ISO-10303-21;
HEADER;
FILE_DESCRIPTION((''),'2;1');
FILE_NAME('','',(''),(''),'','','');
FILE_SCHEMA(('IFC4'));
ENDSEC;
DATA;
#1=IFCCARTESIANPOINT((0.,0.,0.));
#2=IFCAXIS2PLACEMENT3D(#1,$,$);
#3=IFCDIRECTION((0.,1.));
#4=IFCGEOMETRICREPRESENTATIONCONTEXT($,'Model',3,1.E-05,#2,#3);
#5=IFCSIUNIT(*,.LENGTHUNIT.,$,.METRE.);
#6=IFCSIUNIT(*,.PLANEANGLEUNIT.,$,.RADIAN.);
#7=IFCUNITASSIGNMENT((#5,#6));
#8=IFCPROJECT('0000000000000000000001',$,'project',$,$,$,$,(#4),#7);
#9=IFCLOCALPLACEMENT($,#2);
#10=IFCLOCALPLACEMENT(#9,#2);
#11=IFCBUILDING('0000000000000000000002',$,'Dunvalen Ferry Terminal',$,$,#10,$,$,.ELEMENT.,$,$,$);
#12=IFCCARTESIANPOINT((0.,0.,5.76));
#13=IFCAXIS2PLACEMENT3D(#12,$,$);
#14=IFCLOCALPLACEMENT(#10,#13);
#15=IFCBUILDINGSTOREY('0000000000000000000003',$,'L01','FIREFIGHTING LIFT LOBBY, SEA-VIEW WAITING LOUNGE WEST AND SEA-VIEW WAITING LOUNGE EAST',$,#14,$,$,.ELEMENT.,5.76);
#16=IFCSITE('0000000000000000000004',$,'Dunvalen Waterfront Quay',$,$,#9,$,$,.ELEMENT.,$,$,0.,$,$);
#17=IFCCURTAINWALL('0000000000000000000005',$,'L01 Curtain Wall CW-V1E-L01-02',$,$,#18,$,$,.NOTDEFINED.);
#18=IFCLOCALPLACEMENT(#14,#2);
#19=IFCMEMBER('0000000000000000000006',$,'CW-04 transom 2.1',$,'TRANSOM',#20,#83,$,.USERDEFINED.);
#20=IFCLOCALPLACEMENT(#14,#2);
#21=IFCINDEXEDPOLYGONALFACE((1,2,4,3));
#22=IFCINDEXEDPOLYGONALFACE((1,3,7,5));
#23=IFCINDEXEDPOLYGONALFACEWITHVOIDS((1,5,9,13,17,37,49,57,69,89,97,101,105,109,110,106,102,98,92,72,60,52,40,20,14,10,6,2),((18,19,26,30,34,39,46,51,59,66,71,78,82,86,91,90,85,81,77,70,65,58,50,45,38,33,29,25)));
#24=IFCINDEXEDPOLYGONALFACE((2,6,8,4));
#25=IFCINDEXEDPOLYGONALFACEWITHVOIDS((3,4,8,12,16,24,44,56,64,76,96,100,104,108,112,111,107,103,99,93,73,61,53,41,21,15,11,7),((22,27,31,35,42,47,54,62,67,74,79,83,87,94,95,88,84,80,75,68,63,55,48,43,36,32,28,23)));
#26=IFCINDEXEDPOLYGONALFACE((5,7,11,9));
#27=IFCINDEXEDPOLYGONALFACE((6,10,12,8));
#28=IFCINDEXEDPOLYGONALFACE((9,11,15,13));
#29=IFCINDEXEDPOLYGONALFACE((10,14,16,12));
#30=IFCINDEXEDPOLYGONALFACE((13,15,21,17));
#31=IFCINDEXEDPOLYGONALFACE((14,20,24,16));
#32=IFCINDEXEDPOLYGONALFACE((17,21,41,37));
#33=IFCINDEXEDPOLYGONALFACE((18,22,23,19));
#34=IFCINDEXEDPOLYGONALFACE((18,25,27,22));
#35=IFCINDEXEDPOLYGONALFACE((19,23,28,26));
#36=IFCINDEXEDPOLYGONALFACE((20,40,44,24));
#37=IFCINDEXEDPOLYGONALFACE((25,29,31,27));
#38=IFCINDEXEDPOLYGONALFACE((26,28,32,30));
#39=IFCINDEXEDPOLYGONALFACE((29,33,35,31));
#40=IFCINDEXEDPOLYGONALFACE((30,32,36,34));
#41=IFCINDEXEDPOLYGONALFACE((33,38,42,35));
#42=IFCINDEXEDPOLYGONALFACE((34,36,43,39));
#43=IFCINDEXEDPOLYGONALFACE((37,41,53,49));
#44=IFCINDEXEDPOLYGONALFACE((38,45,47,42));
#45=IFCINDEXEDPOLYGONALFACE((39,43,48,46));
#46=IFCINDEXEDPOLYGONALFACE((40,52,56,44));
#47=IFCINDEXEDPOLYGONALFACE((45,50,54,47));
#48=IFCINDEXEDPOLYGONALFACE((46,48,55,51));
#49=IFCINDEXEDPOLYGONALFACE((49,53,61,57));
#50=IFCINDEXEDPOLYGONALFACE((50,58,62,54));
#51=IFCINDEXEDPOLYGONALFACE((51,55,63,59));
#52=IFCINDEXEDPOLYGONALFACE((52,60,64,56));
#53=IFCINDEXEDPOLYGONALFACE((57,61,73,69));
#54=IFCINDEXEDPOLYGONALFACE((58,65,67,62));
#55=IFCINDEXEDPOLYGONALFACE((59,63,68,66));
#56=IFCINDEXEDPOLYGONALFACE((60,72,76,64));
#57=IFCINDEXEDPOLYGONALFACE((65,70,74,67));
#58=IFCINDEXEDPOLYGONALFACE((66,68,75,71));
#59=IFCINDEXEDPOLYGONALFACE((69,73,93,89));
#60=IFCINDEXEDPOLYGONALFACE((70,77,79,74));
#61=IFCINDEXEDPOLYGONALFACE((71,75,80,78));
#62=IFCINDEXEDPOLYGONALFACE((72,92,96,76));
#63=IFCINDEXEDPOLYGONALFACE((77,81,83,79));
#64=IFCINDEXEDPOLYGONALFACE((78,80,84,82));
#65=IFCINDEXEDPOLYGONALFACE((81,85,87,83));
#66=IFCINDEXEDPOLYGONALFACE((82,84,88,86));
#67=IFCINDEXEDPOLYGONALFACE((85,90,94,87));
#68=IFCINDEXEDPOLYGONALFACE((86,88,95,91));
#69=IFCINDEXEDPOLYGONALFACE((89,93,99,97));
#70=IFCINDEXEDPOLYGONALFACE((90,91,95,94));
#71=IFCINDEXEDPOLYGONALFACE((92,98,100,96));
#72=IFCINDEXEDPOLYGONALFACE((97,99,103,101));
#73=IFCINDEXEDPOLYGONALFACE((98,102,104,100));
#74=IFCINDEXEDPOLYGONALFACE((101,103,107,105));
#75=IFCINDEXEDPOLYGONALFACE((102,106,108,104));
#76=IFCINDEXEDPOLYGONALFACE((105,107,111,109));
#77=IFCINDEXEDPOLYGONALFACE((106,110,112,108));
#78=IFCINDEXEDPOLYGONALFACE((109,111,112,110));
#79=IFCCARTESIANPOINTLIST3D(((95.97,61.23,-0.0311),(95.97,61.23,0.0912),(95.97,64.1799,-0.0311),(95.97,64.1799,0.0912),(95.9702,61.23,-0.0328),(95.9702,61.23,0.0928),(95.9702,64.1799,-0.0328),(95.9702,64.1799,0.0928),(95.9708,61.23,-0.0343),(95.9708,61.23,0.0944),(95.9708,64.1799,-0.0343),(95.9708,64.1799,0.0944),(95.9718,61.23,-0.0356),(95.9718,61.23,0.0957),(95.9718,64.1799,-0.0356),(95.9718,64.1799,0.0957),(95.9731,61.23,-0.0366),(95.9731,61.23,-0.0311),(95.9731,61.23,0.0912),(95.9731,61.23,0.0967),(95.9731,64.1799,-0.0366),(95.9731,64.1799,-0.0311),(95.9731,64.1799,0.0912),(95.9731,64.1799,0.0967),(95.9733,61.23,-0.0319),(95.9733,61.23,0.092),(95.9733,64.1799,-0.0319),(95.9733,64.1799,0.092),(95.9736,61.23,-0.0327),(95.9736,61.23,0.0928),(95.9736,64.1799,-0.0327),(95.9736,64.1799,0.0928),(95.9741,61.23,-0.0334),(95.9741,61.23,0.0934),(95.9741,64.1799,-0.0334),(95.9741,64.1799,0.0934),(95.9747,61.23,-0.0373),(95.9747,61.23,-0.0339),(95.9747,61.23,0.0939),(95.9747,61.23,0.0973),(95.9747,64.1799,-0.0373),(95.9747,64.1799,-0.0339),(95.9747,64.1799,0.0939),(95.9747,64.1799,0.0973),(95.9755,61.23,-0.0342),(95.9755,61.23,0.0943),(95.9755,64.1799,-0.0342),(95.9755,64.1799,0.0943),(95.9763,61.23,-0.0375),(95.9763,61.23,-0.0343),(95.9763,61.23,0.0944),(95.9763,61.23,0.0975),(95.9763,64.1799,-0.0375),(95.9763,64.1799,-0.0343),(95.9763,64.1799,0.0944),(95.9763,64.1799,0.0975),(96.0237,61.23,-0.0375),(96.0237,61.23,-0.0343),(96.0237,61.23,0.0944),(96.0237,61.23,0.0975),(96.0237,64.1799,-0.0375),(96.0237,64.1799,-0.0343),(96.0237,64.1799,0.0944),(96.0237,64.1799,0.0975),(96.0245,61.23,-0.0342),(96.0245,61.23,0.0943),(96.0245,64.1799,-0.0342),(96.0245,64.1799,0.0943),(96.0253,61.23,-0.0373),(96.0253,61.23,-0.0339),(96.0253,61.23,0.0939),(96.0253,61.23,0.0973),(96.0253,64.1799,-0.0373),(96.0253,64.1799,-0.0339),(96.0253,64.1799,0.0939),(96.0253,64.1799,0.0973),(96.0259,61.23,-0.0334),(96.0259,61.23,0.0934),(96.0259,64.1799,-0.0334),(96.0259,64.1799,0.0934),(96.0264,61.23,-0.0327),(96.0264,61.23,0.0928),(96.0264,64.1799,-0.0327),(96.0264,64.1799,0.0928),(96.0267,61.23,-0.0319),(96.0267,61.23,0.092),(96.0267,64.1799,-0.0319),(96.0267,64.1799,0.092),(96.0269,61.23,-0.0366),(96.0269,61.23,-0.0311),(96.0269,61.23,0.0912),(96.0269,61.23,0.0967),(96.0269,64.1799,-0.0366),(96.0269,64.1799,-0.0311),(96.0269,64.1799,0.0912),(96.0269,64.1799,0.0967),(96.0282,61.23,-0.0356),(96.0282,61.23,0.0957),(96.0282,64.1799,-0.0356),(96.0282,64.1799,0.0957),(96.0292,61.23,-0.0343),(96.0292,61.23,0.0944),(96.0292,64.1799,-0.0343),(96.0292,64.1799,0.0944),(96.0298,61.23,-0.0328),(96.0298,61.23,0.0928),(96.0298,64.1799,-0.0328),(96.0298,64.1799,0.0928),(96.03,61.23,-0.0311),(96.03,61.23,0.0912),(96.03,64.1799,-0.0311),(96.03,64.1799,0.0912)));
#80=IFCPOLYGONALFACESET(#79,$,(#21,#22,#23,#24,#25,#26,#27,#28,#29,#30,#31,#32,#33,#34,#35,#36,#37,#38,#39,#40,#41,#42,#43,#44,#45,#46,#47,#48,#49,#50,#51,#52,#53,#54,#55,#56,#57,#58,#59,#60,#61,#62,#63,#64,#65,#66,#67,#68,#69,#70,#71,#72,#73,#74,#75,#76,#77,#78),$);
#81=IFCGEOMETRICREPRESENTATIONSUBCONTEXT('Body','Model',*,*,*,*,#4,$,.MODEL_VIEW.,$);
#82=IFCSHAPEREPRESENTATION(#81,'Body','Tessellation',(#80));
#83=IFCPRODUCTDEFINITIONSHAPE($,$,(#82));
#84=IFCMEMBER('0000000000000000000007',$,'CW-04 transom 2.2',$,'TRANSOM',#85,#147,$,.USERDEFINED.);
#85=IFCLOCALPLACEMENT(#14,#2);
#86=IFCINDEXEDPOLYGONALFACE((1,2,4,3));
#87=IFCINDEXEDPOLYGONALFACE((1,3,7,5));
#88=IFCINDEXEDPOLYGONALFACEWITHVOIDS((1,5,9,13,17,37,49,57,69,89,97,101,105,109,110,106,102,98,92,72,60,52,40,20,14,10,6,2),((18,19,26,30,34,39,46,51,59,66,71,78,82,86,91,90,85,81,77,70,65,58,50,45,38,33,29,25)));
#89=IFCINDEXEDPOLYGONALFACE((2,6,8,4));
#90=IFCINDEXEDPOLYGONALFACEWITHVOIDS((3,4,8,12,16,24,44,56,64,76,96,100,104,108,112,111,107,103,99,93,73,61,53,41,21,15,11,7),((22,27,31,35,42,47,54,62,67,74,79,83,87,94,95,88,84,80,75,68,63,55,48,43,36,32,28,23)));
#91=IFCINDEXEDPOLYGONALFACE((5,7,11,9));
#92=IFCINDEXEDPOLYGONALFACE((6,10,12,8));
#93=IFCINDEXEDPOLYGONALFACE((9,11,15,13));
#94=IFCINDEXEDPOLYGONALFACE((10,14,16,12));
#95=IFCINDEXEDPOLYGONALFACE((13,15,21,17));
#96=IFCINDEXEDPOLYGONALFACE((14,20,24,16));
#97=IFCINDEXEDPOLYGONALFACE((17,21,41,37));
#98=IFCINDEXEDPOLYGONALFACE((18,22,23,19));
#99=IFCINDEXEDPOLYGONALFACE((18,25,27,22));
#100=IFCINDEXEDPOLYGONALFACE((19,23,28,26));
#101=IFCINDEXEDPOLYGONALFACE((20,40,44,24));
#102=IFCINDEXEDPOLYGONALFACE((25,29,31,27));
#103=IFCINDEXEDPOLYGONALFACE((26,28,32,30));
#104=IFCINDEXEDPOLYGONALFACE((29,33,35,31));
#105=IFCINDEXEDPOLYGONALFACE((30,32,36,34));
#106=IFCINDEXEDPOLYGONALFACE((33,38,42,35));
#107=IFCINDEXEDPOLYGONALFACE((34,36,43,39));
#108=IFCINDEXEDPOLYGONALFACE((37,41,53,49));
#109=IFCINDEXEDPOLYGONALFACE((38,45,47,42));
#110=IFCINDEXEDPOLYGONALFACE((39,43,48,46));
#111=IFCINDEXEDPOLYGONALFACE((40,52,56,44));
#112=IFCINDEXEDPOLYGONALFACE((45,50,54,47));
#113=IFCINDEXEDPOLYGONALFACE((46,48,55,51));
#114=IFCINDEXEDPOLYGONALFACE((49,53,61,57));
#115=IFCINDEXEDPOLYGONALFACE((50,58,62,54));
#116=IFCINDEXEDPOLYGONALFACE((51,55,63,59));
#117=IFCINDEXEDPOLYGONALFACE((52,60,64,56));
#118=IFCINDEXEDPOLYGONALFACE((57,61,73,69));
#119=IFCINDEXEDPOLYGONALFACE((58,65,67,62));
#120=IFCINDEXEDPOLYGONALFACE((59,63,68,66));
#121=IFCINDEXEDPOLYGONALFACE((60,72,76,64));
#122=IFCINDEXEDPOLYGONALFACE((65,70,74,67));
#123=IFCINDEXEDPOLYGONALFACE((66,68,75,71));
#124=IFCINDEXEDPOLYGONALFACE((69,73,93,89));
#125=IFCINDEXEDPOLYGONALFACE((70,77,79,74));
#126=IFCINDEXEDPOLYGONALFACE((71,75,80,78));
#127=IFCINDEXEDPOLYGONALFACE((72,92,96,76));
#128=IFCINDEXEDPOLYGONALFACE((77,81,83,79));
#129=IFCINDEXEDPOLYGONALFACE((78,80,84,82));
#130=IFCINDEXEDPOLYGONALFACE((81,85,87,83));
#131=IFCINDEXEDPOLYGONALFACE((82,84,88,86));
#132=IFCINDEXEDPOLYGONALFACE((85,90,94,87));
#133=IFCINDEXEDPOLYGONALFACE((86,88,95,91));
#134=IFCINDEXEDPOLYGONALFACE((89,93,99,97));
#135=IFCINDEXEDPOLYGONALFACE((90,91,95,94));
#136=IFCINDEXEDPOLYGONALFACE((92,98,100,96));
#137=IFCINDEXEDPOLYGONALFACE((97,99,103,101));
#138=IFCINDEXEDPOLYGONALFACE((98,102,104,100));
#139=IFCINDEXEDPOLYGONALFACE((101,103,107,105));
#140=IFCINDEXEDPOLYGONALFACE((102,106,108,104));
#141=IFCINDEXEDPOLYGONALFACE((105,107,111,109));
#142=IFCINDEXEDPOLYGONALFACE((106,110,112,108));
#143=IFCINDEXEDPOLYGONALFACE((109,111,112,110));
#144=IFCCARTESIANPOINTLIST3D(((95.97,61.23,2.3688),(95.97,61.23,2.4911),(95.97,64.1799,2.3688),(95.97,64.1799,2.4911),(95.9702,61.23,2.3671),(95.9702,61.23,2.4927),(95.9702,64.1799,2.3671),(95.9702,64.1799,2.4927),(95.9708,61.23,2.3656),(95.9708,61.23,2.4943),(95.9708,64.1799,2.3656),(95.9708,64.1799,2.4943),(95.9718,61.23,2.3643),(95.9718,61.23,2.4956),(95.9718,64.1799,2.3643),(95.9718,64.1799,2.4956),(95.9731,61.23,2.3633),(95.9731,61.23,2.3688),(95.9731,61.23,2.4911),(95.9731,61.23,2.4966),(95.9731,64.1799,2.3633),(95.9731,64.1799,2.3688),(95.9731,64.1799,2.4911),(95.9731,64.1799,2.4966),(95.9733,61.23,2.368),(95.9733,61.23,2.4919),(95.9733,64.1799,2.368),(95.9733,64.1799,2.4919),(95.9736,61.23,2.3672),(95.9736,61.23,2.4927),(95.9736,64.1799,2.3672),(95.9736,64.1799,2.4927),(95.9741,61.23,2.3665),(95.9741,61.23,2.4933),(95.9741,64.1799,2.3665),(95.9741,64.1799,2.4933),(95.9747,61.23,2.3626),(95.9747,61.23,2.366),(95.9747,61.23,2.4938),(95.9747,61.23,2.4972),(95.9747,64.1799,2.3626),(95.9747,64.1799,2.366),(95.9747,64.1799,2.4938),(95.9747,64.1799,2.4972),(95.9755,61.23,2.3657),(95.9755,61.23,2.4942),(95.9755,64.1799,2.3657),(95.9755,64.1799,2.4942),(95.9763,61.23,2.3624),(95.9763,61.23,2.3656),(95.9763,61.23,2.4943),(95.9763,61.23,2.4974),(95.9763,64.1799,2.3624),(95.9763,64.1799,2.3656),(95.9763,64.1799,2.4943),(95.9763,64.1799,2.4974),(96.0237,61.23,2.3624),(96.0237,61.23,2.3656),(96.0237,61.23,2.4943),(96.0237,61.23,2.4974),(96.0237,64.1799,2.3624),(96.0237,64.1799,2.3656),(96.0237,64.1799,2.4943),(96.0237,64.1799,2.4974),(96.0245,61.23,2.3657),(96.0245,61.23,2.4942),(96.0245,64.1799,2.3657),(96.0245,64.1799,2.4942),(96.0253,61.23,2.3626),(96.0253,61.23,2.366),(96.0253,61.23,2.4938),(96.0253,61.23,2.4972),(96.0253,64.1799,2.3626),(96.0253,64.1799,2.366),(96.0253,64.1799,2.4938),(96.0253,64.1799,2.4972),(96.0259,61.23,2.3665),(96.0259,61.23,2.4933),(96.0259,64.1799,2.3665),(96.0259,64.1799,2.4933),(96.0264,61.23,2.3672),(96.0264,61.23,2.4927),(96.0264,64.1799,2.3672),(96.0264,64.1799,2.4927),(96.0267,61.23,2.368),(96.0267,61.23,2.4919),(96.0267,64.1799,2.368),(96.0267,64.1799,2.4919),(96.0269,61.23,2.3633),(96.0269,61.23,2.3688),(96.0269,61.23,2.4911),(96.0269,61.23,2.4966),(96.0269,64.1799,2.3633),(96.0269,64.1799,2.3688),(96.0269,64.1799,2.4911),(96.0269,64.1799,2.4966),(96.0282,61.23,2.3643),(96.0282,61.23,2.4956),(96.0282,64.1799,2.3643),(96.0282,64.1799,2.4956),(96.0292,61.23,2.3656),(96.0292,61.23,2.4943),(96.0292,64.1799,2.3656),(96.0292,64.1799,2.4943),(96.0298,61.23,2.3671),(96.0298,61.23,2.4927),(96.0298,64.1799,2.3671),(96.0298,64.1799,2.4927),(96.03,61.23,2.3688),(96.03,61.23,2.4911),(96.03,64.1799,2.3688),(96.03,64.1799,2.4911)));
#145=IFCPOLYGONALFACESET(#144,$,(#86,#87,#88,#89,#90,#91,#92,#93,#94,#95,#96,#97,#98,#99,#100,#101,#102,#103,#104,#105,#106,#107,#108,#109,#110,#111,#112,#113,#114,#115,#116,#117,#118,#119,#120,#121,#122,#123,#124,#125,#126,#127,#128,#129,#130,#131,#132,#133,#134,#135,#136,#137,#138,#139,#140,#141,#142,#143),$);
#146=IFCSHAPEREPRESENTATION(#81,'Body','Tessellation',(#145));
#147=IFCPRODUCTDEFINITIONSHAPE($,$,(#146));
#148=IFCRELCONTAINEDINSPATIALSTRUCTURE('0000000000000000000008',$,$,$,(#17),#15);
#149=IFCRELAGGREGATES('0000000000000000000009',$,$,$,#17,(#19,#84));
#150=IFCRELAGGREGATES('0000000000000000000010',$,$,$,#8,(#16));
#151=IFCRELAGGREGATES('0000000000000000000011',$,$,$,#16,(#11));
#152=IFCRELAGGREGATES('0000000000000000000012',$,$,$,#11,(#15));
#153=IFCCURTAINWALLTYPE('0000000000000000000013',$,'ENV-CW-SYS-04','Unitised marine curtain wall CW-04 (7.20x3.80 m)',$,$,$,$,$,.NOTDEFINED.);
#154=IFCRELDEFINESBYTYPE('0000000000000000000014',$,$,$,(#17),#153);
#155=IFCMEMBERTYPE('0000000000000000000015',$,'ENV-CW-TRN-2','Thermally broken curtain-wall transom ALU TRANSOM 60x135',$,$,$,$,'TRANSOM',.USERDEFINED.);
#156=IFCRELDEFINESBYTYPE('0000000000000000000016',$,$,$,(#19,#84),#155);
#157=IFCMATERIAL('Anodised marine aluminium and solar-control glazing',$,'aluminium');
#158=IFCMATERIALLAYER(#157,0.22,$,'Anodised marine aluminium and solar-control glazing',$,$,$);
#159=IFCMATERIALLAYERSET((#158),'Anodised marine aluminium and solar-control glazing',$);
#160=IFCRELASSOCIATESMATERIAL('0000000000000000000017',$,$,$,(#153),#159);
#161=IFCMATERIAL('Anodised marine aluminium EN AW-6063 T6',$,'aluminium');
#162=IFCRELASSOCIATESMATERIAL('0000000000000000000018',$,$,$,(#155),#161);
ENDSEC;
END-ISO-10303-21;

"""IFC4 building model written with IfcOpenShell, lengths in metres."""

from ifc_helpers import new_model, si_unit, direction, frame, origin, origin_2d, place, context, subcontext, project, spatial, hollow_rectangle, extrude, material, layer, layer_set, material_profile, profile_set, type_object, element, aggregate, save


model = new_model("IFC4")

# Units and contexts
model_context = context("Model", 3, precision=1e-05, world=origin(), true_north=direction((0.0, 1.0)))
body_context = subcontext(model_context, "Body", "Model", "MODEL_VIEW")
ifc_project = project(units=[si_unit("LENGTHUNIT", "METRE"), si_unit("PLANEANGLEUNIT", "RADIAN")], contexts=[model_context])

# Site, building, storey
site_placement = place(None, origin())
site = spatial("IfcSite", under=ifc_project, at=site_placement, Name="Dunvalen Waterfront Quay", CompositionType="ELEMENT", RefElevation=0.0)
building_placement = place(site_placement, origin())
building = spatial("IfcBuilding", under=site, at=building_placement, Name="Dunvalen Ferry Terminal", CompositionType="ELEMENT")
storey_placement = place(building_placement, frame((0.0, 0.0, 5.76)))
storey = spatial("IfcBuildingStorey", under=building, at=storey_placement, Name="L01", Description="FIREFIGHTING LIFT LOBBY, SEA-VIEW WAITING LOUNGE WEST AND SEA-VIEW WAITING LOUNGE EAST", CompositionType="ELEMENT", Elevation=5.76)

# Shared definitions
ifc_material_1 = material(Name="Anodised marine aluminium and solar-control glazing", Category="aluminium")
ifc_layer_1 = layer(ifc_material_1, 0.22, Name="Anodised marine aluminium and solar-control glazing")
ifc_layer_set_1 = layer_set([ifc_layer_1], Name="Anodised marine aluminium and solar-control glazing")
curtain_wall_type = type_object("IfcCurtainWallType", Name="ENV-CW-SYS-04", Description="Unitised marine curtain wall CW-04 (7.20x3.80 m)", PredefinedType="NOTDEFINED", material=ifc_layer_set_1)
ifc_material_2 = material(Name="Anodised marine aluminium EN AW-6063 T6", Category="aluminium")

# Curtain wall
curtain_wall_1_placement = place(storey_placement, origin())
curtain_wall_1 = element("IfcCurtainWall", 1, at=curtain_wall_1_placement, inside=storey, type_object=curtain_wall_type, Name="L01 Curtain Wall CW-V1E-L01-02", PredefinedType="NOTDEFINED")

# Members
ifc_material_profile_1 = material_profile(ifc_material_2, hollow_rectangle(XDim=0.0601, YDim=0.135, WallThickness=0.0032, InnerFilletRadius=0.0032, OuterFilletRadius=0.0063, at=origin_2d()), Name="Anodised marine aluminium EN AW-6063 T6")
ifc_profile_set_1 = profile_set([ifc_material_profile_1], Name="Anodised marine aluminium EN AW-6063 T6")
member_type_1 = type_object("IfcMemberType", Name="ENV-CW-TRN-2", Description="Thermally broken curtain-wall transom ALU TRANSOM 60x135", ElementType="TRANSOM", PredefinedType="USERDEFINED", material=ifc_profile_set_1)
member_1_placement = place(storey_placement, frame((96.0, 61.23, 0.03), z_axis=(0.0, 1.0, 0.0), x_axis=(-1.0, 0.0, 0.0)))
member_1 = element("IfcMember", 2, at=member_1_placement, type_object=member_type_1, Name="CW-04 transom 2.1", ObjectType="TRANSOM", PredefinedType="USERDEFINED", context=body_context, shape_type="SweptSolid", body=[
    extrude(hollow_rectangle(XDim=0.0601, YDim=0.135, WallThickness=0.0032, InnerFilletRadius=0.0032, OuterFilletRadius=0.0063, at=origin_2d()), origin(), (0.0, 0.0, 1.0), 2.95),
])
member_2_placement = place(storey_placement, frame((96.0, 61.23, 2.4299), z_axis=(0.0, 1.0, 0.0), x_axis=(-1.0, 0.0, 0.0)))
member_2 = element("IfcMember", 3, at=member_2_placement, type_object=member_type_1, Name="CW-04 transom 2.2", ObjectType="TRANSOM", PredefinedType="USERDEFINED", context=body_context, shape_type="SweptSolid", body=[
    extrude(hollow_rectangle(XDim=0.0601, YDim=0.135, WallThickness=0.0032, InnerFilletRadius=0.0032, OuterFilletRadius=0.0063, at=origin_2d()), origin(), (0.0, 0.0, 1.0), 2.95),
])

aggregate(curtain_wall_1, [member_1, member_2])

save(model, "model.ifc")
